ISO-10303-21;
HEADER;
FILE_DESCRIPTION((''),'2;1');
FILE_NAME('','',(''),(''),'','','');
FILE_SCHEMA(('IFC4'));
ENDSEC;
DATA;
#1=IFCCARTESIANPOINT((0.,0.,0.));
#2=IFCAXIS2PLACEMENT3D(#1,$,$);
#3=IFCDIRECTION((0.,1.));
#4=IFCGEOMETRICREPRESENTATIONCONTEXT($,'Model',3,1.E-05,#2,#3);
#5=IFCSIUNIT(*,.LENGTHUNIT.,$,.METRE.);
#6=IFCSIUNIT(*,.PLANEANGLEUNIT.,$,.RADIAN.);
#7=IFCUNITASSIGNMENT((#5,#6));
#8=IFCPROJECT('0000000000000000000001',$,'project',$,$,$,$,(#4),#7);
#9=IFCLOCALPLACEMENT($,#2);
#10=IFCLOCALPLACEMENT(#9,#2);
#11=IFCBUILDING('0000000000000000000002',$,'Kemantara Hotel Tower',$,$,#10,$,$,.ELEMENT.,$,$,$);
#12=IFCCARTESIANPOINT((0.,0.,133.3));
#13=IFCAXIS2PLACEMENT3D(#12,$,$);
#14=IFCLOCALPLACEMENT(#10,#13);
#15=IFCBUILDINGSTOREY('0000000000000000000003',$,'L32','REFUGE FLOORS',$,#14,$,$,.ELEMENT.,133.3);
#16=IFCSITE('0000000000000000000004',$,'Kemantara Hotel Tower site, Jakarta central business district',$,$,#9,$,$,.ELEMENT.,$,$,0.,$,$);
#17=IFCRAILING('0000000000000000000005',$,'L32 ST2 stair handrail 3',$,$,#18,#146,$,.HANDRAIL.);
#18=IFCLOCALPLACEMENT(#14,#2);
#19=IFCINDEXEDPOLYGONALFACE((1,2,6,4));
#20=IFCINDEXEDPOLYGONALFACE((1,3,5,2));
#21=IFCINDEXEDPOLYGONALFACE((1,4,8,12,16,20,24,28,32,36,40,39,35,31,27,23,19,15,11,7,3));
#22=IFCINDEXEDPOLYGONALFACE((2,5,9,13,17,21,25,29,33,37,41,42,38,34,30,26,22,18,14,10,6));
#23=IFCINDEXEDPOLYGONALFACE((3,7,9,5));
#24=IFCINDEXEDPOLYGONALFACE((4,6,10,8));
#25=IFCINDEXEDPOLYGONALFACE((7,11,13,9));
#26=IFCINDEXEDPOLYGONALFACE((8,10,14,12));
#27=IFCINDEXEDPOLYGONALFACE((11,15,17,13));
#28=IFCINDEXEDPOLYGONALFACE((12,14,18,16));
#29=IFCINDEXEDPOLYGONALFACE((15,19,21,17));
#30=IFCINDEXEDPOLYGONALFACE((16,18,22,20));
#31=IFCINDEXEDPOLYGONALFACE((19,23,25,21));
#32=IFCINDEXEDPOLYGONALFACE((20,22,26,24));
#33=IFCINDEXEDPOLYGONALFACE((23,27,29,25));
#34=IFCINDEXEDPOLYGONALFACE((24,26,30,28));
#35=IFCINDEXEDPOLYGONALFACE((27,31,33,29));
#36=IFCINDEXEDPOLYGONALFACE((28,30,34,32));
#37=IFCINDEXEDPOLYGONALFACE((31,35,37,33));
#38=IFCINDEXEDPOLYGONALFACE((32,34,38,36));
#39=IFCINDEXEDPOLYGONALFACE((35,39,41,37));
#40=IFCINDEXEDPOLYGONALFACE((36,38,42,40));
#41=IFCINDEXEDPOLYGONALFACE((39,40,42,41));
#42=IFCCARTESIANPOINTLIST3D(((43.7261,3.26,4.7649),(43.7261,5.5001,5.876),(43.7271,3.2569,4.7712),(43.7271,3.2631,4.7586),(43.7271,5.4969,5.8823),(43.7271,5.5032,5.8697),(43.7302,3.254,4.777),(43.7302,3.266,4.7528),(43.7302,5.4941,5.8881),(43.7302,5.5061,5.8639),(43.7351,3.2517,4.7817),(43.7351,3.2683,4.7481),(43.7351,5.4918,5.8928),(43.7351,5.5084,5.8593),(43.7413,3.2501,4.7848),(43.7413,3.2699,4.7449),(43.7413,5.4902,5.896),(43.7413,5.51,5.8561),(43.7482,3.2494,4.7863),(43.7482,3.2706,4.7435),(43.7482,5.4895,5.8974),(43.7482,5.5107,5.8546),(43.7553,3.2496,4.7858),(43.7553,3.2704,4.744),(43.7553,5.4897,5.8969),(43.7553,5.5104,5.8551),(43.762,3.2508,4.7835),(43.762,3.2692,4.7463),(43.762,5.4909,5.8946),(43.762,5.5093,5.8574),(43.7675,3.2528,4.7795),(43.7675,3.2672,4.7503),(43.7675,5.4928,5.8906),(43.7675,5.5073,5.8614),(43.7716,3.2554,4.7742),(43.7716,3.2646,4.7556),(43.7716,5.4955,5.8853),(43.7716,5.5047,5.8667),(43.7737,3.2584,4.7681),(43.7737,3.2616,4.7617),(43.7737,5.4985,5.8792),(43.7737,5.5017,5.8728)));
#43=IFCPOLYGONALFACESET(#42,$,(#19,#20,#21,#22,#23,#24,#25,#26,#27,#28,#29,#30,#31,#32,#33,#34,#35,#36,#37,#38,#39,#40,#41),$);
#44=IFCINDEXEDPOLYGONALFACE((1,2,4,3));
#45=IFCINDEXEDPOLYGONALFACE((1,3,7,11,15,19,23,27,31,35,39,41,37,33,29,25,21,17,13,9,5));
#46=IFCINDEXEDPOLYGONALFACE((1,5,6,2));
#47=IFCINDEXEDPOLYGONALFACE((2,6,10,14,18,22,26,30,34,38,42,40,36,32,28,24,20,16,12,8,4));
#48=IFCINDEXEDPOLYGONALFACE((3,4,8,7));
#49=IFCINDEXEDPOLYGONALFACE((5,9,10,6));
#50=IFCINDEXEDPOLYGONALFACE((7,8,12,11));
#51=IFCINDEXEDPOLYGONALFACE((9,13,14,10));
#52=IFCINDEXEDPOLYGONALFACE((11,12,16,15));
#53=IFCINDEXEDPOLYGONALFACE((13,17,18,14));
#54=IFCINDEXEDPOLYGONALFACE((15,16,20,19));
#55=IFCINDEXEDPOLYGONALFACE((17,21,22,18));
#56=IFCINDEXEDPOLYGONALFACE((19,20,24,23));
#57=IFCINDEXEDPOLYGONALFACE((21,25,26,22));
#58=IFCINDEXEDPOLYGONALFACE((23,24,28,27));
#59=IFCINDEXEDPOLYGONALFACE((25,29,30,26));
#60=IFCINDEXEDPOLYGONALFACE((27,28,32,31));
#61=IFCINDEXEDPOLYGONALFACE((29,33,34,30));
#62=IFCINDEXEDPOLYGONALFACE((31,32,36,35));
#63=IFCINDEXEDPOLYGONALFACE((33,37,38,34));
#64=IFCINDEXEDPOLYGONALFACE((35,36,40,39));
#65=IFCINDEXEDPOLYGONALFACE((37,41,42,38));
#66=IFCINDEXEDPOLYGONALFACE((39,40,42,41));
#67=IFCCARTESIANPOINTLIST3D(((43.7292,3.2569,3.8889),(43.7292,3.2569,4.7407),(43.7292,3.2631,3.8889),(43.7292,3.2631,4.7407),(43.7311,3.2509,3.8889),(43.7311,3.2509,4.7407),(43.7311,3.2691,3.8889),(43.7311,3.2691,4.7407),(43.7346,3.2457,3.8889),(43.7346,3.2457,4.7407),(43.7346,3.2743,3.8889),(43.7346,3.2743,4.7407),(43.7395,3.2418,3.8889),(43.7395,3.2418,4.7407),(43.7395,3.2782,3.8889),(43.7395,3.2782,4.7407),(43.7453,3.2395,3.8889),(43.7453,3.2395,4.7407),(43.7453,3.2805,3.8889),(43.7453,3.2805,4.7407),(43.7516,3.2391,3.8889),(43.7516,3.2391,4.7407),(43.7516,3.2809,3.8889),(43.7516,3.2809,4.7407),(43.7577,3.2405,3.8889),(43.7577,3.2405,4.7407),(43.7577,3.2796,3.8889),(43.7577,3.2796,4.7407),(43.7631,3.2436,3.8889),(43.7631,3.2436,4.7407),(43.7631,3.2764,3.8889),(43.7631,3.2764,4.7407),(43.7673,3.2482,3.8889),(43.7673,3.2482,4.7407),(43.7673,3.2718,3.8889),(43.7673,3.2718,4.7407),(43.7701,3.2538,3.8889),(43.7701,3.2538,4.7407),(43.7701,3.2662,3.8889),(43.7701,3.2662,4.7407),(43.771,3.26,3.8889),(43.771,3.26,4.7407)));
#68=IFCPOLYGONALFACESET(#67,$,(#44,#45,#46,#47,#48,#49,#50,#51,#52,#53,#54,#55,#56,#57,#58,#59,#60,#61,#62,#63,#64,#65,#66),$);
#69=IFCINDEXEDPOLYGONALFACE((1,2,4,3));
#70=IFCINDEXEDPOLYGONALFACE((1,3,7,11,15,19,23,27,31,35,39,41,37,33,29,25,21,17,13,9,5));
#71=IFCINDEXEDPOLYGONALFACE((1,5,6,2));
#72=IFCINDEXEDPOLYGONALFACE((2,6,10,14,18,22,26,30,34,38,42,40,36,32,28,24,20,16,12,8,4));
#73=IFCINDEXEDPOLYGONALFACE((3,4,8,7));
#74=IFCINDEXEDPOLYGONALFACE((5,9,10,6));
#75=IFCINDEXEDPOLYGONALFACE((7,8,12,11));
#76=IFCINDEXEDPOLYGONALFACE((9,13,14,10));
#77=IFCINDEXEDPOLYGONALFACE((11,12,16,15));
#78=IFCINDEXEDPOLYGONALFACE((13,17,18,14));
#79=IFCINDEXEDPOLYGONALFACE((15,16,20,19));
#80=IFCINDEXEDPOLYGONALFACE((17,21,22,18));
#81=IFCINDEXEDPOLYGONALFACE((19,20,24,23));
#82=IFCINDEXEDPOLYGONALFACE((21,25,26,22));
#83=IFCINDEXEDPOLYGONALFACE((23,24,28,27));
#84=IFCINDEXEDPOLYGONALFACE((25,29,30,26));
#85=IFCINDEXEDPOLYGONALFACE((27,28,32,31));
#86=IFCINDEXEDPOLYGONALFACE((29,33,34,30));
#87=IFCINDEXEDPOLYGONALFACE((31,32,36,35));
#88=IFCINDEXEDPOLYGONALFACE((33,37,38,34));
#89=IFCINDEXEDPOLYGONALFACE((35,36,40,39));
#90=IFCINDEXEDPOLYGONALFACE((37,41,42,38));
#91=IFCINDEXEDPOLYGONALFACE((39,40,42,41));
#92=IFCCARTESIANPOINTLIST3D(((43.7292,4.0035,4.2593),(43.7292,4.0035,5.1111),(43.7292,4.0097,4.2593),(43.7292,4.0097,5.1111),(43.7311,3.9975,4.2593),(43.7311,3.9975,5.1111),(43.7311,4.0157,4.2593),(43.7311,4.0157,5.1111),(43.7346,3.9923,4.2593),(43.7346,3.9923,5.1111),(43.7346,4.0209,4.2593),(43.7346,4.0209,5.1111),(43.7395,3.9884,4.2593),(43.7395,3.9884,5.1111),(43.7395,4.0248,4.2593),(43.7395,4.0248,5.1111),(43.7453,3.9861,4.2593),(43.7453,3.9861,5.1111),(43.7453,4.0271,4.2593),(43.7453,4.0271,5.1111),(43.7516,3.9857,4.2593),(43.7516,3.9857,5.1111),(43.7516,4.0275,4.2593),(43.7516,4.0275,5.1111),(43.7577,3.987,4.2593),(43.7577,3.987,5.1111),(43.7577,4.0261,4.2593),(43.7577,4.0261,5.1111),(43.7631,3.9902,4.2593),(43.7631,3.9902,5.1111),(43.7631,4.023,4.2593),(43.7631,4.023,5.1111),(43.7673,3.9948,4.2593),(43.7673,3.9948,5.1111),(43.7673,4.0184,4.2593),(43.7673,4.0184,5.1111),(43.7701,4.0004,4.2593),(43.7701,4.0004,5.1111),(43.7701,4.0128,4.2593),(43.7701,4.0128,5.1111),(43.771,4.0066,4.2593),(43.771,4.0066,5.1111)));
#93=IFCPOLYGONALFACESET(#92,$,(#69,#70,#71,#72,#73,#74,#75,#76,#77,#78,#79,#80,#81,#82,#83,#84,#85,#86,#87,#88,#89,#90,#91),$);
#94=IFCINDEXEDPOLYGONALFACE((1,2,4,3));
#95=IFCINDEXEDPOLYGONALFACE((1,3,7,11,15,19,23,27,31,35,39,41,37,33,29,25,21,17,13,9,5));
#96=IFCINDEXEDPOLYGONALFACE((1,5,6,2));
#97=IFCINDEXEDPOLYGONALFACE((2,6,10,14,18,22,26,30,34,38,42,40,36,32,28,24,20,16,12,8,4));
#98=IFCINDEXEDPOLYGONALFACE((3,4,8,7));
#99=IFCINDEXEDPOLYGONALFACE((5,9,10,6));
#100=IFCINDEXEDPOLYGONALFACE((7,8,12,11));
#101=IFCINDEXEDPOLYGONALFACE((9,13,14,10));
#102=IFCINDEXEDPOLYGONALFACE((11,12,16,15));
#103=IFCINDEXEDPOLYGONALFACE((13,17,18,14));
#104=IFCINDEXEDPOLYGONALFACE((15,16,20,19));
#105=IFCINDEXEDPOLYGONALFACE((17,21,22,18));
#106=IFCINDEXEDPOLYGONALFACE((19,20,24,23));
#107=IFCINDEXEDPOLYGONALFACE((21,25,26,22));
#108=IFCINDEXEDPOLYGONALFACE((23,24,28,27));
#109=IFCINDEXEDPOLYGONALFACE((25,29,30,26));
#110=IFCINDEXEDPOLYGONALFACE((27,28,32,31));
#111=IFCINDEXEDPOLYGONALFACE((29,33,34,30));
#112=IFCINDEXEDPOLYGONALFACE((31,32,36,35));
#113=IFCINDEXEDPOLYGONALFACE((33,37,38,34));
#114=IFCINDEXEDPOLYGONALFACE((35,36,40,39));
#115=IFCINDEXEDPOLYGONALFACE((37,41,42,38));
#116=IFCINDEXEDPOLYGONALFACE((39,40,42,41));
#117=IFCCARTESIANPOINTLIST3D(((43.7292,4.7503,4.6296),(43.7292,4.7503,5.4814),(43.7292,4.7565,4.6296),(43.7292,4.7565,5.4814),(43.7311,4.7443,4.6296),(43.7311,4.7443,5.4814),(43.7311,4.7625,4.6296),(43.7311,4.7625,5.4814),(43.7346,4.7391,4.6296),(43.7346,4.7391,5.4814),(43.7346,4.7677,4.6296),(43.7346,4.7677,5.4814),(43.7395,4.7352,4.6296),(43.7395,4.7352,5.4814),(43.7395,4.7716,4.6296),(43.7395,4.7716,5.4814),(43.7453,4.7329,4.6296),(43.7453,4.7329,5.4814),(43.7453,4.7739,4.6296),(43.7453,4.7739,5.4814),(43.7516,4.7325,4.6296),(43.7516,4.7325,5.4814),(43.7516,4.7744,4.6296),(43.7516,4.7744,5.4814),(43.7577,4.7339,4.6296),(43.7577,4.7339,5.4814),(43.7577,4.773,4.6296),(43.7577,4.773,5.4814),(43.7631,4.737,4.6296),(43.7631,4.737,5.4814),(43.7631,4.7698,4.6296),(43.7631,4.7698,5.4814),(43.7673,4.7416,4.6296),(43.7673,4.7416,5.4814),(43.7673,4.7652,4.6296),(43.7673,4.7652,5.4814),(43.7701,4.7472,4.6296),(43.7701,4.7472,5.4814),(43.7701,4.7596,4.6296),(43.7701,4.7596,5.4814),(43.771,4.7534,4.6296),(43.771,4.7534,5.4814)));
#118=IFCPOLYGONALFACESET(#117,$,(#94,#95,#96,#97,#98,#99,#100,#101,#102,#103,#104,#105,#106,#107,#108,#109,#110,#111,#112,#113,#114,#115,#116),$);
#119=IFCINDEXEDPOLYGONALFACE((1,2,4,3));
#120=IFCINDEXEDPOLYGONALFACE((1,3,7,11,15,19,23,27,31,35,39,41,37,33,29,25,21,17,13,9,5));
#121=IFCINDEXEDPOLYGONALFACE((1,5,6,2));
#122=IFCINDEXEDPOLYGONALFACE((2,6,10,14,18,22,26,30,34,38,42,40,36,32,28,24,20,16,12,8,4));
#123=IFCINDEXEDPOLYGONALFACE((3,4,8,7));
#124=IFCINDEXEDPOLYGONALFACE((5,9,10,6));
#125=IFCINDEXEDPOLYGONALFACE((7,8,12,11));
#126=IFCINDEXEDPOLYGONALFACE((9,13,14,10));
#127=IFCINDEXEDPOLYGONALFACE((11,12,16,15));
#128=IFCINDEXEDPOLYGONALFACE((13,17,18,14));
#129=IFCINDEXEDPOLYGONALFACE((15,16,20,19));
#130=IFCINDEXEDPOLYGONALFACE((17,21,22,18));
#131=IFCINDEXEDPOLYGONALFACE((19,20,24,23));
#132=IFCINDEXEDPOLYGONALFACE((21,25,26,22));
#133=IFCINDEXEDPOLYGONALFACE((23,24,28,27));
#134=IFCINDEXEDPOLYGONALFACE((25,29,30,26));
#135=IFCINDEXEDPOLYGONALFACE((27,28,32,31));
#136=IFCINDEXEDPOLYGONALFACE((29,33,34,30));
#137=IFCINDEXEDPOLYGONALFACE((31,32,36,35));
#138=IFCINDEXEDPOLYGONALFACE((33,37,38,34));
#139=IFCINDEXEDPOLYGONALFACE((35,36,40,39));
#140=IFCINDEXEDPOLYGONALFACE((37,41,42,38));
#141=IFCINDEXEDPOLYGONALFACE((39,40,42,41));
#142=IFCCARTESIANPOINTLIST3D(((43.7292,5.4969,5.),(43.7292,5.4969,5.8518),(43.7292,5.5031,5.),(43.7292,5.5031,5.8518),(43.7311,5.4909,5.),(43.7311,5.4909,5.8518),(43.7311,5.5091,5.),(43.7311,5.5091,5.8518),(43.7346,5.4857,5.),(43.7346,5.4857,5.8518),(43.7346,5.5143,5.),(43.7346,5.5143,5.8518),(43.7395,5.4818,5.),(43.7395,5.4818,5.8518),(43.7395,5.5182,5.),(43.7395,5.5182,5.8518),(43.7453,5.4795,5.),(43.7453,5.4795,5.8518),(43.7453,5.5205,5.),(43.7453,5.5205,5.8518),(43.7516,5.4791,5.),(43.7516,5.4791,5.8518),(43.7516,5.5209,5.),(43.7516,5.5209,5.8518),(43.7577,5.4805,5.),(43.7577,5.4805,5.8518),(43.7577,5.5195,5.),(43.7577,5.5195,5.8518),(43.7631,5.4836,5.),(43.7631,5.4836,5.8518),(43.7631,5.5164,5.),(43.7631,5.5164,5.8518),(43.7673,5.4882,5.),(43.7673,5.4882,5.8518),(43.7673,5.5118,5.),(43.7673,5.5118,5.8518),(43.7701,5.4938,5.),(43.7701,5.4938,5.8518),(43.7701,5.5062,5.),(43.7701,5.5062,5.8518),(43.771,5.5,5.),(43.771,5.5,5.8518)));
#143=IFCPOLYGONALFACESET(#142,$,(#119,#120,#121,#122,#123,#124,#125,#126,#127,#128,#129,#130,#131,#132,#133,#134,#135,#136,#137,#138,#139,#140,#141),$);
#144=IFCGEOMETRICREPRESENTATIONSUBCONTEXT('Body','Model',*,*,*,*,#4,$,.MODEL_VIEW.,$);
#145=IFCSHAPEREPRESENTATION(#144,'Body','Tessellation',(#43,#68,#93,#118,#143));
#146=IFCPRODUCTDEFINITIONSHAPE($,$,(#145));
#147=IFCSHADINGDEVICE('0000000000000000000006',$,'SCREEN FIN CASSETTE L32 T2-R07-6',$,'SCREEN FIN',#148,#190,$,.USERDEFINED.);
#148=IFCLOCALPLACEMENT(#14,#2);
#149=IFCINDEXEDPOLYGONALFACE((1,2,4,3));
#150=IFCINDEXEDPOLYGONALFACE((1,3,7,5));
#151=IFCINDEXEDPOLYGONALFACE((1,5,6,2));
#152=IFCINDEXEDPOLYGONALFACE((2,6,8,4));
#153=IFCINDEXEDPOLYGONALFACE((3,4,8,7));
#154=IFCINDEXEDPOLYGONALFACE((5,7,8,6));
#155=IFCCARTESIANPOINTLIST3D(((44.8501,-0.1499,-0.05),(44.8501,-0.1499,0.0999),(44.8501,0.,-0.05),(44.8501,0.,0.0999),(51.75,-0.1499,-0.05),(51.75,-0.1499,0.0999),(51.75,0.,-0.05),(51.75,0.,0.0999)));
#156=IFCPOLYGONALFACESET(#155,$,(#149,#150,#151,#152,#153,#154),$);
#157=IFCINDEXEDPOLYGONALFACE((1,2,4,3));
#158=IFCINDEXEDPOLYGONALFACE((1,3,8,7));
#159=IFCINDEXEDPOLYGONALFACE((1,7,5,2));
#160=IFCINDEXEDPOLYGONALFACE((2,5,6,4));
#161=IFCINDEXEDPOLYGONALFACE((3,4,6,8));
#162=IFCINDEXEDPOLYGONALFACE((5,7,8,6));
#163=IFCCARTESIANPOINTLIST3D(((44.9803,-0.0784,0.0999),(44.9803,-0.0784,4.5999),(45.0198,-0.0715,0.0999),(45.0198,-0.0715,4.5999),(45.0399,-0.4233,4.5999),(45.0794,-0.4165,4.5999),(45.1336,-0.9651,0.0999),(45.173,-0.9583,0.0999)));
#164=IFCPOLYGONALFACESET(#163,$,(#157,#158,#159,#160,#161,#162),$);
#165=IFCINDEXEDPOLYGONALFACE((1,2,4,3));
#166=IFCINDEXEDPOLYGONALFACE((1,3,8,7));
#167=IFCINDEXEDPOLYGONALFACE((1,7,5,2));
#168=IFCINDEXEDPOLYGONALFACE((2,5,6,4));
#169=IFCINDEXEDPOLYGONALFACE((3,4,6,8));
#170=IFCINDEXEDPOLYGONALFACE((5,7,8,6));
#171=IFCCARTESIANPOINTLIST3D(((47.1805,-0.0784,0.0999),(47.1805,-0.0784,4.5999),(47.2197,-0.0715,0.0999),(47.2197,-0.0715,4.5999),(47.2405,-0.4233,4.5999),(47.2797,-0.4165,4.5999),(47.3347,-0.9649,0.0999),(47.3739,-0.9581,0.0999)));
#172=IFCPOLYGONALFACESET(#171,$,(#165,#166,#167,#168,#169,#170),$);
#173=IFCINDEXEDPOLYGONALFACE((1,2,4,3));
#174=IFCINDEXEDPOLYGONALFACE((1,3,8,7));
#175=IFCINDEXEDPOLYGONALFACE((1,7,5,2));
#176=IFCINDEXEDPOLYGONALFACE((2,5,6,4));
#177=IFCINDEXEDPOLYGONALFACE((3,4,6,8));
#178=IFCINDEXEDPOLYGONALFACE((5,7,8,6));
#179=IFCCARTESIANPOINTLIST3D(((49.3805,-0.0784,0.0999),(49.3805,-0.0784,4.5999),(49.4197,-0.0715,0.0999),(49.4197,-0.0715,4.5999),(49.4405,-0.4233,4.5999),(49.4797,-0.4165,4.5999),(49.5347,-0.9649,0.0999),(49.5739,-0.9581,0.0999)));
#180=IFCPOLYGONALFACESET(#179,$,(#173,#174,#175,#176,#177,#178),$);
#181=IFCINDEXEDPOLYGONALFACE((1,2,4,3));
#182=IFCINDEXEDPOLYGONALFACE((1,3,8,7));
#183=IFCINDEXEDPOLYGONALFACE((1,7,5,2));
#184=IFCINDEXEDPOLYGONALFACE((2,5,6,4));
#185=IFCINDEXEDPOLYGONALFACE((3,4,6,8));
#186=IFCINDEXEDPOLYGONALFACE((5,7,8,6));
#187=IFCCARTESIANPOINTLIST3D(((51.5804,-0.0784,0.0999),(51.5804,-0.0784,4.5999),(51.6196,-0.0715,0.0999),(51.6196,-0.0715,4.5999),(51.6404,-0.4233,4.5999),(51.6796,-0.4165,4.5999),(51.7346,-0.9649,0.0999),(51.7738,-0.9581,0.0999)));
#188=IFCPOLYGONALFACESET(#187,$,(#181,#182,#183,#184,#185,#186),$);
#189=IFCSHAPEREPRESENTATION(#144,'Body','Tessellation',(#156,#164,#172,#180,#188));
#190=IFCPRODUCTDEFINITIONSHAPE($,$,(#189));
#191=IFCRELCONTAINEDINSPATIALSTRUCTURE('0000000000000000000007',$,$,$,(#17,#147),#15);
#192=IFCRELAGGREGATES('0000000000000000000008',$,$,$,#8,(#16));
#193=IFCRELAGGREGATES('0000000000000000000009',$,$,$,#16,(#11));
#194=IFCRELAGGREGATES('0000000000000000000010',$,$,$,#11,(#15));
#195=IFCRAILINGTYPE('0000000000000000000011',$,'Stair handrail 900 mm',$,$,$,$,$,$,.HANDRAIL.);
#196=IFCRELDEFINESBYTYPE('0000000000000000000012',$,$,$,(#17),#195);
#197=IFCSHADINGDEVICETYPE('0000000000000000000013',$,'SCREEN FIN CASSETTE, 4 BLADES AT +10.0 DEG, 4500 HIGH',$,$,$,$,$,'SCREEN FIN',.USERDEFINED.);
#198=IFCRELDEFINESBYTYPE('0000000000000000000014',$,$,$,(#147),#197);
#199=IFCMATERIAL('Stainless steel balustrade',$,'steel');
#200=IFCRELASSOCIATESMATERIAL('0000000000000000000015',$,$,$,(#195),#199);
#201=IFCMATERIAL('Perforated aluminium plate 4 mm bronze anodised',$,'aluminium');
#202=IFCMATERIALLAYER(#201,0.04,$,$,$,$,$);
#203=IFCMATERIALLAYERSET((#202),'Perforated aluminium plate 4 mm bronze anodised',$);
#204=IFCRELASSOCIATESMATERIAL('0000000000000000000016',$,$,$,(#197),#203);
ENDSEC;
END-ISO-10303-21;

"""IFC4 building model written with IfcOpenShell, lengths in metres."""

from ifc_helpers import new_model, si_unit, direction, frame, origin, origin_2d, place, context, subcontext, project, spatial, polyline, rectangle, circle, outline, extrude, source, transform, mapped, material, layer, layer_set, type_object, element, save


model = new_model("IFC4")

# Units and contexts
model_context = context("Model", 3, precision=1e-05, world=origin(), true_north=direction((0.0, 1.0)))
body_context = subcontext(model_context, "Body", "Model", "MODEL_VIEW")
ifc_project = project(units=[si_unit("LENGTHUNIT", "METRE"), si_unit("PLANEANGLEUNIT", "RADIAN")], contexts=[model_context])

# Site, building, storey
site_placement = place(None, origin())
site = spatial("IfcSite", under=ifc_project, at=site_placement, Name="Kemantara Hotel Tower site, Jakarta central business district", CompositionType="ELEMENT", RefElevation=0.0)
building_placement = place(site_placement, origin())
building = spatial("IfcBuilding", under=site, at=building_placement, Name="Kemantara Hotel Tower", CompositionType="ELEMENT")
storey_placement = place(building_placement, frame((0.0, 0.0, 133.3)))
storey = spatial("IfcBuildingStorey", under=building, at=storey_placement, Name="L32", Description="REFUGE FLOORS", CompositionType="ELEMENT", Elevation=133.3)

# Railing
ifc_material_1 = material(Name="Stainless steel balustrade", Category="steel")
railing_type = type_object("IfcRailingType", Name="Stair handrail 900 mm", PredefinedType="HANDRAIL", material=ifc_material_1)
railing_1_placement = place(storey_placement, frame((43.75, 3.26, 3.8889)))
element("IfcRailing", 1, at=railing_1_placement, inside=storey, type_object=railing_type, Name="L32 ST2 stair handrail 3", PredefinedType="HANDRAIL", context=body_context, shape_type="SweptSolid", body=[
    extrude(circle(Radius=0.0239, at=origin_2d()), frame((0.0, 0.0, 0.876), z_axis=(0.0, 0.895848, 0.44436), x_axis=(-1.0, 0.0, 0.0)), (0.0, 0.0, 1.0), 2.5005),
    extrude(circle(Radius=0.021, at=origin_2d()), origin(), (0.0, 0.0, 1.0), 0.8518),
    extrude(circle(Radius=0.021, at=origin_2d()), frame((0.0, 0.7466, 0.3704)), (0.0, 0.0, 1.0), 0.8518),
    extrude(circle(Radius=0.021, at=origin_2d()), frame((0.0, 1.4934, 0.7407)), (0.0, 0.0, 1.0), 0.8518),
    extrude(circle(Radius=0.021, at=origin_2d()), frame((0.0, 2.24, 1.1111)), (0.0, 0.0, 1.0), 0.8518),
])

# Shading device
ifc_material_2 = material(Name="Perforated aluminium plate 4 mm bronze anodised", Category="aluminium")
ifc_layer_1 = layer(ifc_material_2, 0.04)
ifc_layer_set_1 = layer_set([ifc_layer_1], Name="Perforated aluminium plate 4 mm bronze anodised")
shading_device_type_1 = type_object("IfcShadingDeviceType", Name="SCREEN FIN CASSETTE, 4 BLADES AT +10.0 DEG, 4500 HIGH", ElementType="SCREEN FIN", PredefinedType="USERDEFINED", material=ifc_layer_set_1)
shared_shape_1 = source(origin(), body_context, "Body", "SweptSolid", [
    extrude(rectangle(XDim=6.8999, YDim=0.1499, at=origin_2d()), frame((3.3, -0.075, -0.1499), z_axis=(0.0, 0.0, 1.0), x_axis=(1.0, 0.0, 0.0)), (0.0, 0.0, 1.0), 0.1499),
    extrude(outline(polyline([(0.0, 0.0), (0.8999, 0.0), (0.3501, 4.5), (0.0, 4.5), (0.0, 0.0)])), frame((0.0198, -0.0715, 0.0), z_axis=(-0.98539, -0.170314, 0.0), x_axis=(0.170314, -0.98539, 0.0)), (0.0, 0.0, 1.0), 0.04),
    extrude(outline(polyline([(0.0, 0.0), (0.8999, 0.0), (0.3501, 4.5), (0.0, 4.5), (0.0, 0.0)])), frame((2.2197, -0.0715, 0.0), z_axis=(-0.985212, -0.171341, 0.0), x_axis=(0.171341, -0.985212, 0.0)), (0.0, 0.0, 1.0), 0.0398),
    extrude(outline(polyline([(0.0, 0.0), (0.8999, 0.0), (0.3501, 4.5), (0.0, 4.5), (0.0, 0.0)])), frame((4.4197, -0.0715, 0.0), z_axis=(-0.985212, -0.171341, 0.0), x_axis=(0.171341, -0.985212, 0.0)), (0.0, 0.0, 1.0), 0.0398),
    extrude(outline(polyline([(0.0, 0.0), (0.8999, 0.0), (0.3501, 4.5), (0.0, 4.5), (0.0, 0.0)])), frame((6.6196, -0.0715, 0.0), z_axis=(-0.985212, -0.171341, 0.0), x_axis=(0.171341, -0.985212, 0.0)), (0.0, 0.0, 1.0), 0.0398),
])
shading_device_1_placement = place(storey_placement, frame((45.0, 0.0, 0.0999), z_axis=(0.0, 0.0, 1.0), x_axis=(1.0, 0.0, 0.0)))
element("IfcShadingDevice", 2, at=shading_device_1_placement, inside=storey, type_object=shading_device_type_1, Name="SCREEN FIN CASSETTE L32 T2-R07-6", ObjectType="SCREEN FIN", PredefinedType="USERDEFINED", context=body_context, shape_type="MappedRepresentation", body=[
    mapped(shared_shape_1, transform((0.0, 0.0, 0.0))),
])

save(model, "model.ifc")
